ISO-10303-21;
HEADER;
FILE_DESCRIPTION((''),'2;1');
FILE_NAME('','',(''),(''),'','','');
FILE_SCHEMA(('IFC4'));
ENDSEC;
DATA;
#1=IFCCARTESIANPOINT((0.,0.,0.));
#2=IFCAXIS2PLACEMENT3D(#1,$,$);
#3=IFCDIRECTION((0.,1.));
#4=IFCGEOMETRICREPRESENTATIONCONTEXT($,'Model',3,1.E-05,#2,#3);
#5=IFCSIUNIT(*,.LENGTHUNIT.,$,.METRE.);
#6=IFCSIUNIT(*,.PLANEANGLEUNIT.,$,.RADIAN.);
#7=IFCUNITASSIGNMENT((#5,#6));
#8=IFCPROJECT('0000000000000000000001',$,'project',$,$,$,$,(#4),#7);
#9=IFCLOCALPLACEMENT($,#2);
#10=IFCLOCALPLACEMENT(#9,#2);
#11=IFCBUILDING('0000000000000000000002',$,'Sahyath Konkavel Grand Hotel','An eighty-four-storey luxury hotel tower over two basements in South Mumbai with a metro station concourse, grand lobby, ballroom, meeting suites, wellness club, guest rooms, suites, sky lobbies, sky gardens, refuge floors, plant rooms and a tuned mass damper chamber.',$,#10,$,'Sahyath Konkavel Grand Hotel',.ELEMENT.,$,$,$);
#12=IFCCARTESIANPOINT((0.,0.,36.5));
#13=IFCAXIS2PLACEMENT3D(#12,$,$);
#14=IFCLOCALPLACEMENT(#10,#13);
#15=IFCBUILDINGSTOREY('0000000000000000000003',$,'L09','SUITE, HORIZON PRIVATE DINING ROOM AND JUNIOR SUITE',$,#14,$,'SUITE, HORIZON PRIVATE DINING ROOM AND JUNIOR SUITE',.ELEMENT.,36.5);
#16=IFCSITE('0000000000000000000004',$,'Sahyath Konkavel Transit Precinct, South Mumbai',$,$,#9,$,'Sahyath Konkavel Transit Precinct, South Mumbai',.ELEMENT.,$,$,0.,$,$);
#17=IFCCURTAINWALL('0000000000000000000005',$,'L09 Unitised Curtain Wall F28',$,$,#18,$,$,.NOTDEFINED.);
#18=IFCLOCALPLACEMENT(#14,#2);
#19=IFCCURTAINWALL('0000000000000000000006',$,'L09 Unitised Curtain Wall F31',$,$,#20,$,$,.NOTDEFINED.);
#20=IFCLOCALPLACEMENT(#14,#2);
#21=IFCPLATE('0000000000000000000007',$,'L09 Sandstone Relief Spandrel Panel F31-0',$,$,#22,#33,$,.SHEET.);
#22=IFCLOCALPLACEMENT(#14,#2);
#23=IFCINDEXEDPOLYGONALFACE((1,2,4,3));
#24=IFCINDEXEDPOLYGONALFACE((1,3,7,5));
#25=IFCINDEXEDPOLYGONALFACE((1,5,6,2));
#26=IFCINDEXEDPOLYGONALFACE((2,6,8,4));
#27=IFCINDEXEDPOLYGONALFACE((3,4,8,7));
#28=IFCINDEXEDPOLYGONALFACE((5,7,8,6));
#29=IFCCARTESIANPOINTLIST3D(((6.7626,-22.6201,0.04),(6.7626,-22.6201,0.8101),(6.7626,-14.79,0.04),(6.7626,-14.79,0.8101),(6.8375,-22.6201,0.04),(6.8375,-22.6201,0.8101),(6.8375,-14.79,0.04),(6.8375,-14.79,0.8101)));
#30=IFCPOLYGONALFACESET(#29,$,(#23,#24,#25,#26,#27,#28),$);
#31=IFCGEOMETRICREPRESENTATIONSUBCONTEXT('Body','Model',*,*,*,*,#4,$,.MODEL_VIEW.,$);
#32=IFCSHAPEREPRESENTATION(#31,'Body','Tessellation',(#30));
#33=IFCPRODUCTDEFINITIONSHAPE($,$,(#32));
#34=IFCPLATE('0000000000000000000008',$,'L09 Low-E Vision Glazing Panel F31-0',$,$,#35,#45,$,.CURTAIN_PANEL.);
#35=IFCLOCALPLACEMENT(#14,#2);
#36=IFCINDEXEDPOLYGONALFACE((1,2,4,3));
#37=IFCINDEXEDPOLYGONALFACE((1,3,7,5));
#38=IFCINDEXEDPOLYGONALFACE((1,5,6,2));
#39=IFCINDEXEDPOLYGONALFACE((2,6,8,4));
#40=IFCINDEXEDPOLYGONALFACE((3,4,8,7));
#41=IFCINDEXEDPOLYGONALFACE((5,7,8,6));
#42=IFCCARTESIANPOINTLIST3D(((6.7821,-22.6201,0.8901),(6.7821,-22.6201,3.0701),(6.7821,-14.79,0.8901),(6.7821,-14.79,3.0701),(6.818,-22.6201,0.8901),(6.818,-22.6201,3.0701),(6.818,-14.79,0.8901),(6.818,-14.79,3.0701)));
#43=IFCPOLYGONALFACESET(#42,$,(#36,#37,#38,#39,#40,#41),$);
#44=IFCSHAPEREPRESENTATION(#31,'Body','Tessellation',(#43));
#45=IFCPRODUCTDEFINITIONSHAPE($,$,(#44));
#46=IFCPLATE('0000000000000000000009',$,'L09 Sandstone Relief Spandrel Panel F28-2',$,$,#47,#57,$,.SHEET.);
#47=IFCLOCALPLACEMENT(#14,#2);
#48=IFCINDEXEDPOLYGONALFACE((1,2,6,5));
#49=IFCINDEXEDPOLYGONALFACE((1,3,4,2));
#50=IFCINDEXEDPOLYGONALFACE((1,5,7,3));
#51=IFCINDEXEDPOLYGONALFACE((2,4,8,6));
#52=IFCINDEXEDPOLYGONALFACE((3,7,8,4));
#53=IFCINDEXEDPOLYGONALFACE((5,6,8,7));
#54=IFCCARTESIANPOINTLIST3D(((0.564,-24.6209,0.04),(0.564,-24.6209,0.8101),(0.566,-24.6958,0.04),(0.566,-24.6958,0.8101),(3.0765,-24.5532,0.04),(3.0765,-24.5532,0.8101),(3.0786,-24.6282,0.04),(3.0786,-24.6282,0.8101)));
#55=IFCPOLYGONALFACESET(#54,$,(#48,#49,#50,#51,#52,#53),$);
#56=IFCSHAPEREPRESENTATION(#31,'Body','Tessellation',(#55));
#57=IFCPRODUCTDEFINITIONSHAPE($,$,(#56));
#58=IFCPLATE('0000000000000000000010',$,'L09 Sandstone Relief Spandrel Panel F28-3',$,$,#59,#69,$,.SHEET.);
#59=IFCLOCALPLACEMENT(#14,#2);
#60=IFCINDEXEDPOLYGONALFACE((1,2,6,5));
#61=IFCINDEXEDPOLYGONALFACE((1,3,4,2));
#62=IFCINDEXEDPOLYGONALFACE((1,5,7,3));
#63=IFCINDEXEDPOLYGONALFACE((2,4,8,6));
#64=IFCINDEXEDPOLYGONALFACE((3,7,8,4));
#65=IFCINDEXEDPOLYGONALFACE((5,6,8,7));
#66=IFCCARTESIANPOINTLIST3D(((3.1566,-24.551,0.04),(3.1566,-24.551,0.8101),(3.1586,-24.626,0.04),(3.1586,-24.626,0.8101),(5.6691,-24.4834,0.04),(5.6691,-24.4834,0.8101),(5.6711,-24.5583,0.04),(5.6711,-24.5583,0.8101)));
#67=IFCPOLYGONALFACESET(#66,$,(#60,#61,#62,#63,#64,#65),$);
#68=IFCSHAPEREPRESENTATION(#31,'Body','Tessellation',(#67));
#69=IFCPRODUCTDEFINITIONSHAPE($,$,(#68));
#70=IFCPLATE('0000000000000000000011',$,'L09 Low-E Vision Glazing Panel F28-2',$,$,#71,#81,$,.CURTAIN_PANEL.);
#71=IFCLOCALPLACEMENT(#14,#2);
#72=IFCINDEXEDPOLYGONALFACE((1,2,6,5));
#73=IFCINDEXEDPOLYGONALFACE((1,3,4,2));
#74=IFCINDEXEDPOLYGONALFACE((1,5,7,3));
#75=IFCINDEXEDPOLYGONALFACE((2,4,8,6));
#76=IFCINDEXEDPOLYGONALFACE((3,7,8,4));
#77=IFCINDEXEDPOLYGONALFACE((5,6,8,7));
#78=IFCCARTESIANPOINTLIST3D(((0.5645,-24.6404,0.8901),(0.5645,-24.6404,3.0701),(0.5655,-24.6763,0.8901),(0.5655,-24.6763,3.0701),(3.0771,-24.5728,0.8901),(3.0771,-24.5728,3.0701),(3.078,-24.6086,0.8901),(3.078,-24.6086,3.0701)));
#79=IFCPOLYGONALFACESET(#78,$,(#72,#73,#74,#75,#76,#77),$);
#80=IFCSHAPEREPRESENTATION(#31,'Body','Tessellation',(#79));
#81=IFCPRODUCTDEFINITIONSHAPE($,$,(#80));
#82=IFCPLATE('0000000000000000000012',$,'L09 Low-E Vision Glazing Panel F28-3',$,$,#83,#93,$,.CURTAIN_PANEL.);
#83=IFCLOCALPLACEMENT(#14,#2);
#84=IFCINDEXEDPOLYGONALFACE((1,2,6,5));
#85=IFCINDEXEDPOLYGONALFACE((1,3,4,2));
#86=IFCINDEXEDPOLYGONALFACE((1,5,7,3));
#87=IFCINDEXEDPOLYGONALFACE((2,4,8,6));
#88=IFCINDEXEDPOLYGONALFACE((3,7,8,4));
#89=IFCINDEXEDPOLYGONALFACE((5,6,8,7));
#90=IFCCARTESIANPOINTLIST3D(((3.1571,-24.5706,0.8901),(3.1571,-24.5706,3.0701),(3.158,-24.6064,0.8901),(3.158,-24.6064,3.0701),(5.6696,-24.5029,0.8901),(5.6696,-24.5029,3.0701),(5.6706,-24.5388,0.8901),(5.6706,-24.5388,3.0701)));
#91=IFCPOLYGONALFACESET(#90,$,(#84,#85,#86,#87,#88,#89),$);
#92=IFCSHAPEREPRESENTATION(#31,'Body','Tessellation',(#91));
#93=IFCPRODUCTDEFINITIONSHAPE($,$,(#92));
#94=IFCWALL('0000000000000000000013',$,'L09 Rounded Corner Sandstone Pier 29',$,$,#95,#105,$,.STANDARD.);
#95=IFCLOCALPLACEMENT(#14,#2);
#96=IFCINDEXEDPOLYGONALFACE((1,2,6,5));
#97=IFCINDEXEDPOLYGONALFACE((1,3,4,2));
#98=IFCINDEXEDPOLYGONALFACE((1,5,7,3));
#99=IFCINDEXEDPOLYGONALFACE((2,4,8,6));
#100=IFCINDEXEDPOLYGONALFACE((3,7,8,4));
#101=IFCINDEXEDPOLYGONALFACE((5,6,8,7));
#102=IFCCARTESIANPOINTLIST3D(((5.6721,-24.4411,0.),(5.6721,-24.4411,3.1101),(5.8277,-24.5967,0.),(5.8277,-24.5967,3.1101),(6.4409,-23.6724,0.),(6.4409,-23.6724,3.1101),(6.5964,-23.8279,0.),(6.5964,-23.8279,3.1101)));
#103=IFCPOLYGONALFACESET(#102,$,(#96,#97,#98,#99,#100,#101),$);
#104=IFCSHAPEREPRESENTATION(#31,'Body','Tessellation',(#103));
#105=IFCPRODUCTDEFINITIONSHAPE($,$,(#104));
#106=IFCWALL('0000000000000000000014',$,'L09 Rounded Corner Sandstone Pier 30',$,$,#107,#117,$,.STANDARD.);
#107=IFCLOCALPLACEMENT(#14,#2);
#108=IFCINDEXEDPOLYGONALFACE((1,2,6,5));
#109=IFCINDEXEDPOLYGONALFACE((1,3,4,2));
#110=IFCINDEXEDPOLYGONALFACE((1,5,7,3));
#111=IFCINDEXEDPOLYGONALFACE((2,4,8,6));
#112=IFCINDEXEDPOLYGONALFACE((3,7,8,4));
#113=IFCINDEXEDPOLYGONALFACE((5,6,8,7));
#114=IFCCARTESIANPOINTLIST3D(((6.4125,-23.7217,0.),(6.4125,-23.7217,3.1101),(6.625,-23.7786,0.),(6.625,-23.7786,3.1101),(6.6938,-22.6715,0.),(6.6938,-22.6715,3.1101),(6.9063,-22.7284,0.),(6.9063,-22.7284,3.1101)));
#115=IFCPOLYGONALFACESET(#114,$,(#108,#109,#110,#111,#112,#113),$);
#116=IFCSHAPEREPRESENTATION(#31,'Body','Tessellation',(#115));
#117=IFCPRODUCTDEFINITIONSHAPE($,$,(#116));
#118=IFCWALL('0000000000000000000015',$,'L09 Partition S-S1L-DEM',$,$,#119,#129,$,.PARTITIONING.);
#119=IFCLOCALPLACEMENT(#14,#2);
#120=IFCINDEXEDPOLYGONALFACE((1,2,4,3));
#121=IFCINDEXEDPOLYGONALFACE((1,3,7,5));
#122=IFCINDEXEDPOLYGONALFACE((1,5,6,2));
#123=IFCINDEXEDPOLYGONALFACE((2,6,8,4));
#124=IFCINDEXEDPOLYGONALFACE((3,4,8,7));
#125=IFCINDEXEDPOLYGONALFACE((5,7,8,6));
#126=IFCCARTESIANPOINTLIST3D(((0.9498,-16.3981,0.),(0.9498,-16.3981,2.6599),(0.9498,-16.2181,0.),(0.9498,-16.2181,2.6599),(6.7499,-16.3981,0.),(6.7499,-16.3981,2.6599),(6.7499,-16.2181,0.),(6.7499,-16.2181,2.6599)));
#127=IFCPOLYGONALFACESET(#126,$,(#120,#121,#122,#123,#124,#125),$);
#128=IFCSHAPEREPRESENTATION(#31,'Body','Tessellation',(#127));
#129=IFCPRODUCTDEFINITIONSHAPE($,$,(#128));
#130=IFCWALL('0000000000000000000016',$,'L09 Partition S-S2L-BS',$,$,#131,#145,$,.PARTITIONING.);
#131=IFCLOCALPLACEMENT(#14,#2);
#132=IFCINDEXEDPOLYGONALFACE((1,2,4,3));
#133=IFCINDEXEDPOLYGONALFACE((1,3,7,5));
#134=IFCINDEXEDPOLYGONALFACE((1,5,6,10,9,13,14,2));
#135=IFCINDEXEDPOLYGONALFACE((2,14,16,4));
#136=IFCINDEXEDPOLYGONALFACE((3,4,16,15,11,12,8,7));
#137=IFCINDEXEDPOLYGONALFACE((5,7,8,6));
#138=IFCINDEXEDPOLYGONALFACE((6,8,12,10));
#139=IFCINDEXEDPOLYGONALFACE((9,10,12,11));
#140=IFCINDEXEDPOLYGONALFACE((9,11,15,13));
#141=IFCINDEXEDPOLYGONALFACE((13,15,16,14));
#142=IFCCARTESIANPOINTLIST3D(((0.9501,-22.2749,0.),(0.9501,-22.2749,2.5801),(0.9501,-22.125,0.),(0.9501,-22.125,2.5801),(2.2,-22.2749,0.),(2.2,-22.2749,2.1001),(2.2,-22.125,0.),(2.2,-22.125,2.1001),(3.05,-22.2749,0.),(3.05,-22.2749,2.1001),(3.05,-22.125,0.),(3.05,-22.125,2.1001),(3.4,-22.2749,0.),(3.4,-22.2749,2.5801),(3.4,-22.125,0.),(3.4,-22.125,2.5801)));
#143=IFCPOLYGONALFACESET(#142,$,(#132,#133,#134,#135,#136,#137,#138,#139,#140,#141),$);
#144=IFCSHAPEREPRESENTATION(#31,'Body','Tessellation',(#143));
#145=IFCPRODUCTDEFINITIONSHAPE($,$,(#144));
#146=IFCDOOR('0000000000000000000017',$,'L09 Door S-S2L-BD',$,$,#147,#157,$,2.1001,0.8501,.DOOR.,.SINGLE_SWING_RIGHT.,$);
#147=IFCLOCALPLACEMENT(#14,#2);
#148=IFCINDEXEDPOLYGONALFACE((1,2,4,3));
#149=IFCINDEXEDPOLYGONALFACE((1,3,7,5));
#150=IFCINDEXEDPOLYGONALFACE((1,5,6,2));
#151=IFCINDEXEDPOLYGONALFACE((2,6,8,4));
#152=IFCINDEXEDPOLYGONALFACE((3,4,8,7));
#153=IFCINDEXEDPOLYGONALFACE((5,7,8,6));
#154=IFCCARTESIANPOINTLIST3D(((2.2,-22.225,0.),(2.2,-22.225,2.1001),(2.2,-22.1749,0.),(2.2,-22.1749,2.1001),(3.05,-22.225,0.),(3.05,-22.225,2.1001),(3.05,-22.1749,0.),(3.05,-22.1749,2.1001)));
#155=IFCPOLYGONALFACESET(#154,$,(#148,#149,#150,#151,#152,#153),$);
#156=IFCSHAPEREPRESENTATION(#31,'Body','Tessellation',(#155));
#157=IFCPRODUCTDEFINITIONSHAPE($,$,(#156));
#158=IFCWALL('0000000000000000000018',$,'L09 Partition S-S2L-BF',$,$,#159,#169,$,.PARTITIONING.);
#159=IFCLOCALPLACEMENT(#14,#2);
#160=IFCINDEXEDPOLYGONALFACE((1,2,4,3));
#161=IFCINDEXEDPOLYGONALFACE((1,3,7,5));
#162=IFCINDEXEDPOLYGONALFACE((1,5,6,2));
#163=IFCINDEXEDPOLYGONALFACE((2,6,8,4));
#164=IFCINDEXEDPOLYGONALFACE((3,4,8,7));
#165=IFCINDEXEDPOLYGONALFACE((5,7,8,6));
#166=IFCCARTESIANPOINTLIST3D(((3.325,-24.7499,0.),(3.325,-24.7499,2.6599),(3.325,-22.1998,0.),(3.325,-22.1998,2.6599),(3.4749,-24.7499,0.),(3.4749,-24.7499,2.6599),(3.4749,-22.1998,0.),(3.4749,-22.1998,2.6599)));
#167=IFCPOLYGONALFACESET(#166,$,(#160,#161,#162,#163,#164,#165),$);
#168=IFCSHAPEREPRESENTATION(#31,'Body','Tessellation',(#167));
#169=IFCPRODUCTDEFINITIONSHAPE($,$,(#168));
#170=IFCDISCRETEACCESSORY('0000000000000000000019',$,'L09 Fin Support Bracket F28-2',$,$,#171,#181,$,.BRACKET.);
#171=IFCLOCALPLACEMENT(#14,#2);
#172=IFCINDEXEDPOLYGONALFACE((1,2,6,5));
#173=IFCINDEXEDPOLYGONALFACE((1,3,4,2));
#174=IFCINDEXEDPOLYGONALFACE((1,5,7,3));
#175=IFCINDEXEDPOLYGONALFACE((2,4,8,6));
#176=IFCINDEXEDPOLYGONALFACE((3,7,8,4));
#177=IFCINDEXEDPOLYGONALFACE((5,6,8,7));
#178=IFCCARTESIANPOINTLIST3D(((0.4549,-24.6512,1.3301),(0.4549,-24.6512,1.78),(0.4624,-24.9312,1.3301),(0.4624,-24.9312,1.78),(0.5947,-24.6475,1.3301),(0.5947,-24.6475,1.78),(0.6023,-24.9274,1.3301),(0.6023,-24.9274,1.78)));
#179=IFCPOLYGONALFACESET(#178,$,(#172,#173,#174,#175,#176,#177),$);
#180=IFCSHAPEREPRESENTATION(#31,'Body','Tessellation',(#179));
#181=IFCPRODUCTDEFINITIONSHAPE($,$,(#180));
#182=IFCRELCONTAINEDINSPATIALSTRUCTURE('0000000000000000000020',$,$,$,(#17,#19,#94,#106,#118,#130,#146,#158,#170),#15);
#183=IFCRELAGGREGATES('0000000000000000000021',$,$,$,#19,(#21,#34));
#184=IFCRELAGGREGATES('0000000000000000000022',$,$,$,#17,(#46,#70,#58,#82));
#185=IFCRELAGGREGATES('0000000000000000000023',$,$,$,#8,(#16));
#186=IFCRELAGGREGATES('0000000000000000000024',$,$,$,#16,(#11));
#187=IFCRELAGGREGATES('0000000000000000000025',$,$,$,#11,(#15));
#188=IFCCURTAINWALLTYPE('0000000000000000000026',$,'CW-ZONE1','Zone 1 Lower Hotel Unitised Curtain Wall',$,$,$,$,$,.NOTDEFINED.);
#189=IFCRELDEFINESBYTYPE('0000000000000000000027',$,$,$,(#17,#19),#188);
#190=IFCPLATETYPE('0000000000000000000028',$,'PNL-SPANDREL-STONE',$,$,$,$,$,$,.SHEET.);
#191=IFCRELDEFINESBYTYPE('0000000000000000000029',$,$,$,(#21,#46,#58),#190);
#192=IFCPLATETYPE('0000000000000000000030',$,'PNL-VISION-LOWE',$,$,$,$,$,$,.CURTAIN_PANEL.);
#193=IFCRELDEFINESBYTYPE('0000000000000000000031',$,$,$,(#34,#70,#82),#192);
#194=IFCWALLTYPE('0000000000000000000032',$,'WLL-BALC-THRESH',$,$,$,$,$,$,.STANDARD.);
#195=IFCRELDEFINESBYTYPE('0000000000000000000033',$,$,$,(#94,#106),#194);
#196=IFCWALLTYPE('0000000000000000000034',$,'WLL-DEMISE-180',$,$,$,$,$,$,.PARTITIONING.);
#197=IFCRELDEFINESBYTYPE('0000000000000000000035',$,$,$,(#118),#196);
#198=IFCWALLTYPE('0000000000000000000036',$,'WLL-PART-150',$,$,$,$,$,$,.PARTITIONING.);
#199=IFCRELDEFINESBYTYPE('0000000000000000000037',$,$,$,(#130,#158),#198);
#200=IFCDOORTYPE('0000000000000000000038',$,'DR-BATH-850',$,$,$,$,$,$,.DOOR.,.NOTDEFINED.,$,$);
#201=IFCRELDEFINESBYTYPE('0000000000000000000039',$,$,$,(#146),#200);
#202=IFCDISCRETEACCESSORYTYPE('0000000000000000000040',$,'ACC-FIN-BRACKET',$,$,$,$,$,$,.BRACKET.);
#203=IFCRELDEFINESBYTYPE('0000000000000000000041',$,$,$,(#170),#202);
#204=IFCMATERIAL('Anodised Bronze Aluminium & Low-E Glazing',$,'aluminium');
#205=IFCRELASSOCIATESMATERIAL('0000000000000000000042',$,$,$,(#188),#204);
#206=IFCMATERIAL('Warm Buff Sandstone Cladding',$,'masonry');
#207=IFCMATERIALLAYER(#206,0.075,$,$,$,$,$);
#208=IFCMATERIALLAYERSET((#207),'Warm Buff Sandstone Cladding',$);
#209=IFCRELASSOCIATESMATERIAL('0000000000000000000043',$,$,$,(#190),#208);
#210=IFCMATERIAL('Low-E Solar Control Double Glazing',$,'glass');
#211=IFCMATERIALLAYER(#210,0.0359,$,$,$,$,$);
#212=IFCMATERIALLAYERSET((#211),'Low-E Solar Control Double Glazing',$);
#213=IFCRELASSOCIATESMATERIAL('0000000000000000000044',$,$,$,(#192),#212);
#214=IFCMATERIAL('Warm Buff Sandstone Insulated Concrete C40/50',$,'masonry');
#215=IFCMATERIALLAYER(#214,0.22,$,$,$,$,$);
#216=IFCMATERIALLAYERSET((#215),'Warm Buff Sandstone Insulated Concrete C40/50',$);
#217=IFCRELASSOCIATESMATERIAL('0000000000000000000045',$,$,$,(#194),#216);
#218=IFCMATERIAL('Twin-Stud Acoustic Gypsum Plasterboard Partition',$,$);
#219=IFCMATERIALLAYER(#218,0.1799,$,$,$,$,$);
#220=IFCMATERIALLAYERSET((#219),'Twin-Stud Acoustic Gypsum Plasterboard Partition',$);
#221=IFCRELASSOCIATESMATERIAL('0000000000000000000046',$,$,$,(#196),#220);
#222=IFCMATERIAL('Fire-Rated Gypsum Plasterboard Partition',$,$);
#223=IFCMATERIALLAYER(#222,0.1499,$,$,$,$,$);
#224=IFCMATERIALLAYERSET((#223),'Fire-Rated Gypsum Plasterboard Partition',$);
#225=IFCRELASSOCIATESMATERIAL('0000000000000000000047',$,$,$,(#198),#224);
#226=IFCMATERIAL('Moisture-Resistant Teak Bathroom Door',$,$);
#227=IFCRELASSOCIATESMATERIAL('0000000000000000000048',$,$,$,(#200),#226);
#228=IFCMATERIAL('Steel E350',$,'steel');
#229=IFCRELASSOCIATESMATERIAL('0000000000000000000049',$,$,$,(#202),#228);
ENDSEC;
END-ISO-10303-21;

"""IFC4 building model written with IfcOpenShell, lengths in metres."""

from ifc_helpers import new_model, si_unit, direction, frame, frame_2d, origin, origin_2d, place, context, subcontext, project, spatial, rectangle, extrude, source, transform, mapped, material, layer, layer_set, type_object, element, fill, aggregate, save


model = new_model("IFC4")

# Units and contexts
model_context = context("Model", 3, precision=1e-05, world=origin(), true_north=direction((0.0, 1.0)))
body_context = subcontext(model_context, "Body", "Model", "MODEL_VIEW")
ifc_project = project(units=[si_unit("LENGTHUNIT", "METRE"), si_unit("PLANEANGLEUNIT", "RADIAN")], contexts=[model_context])

# Site, building, storey
site_placement = place(None, origin())
site = spatial("IfcSite", under=ifc_project, at=site_placement, Name="Sahyath Konkavel Transit Precinct, South Mumbai", LongName="Sahyath Konkavel Transit Precinct, South Mumbai", CompositionType="ELEMENT", RefElevation=0.0)
building_placement = place(site_placement, origin())
building = spatial("IfcBuilding", under=site, at=building_placement, Name="Sahyath Konkavel Grand Hotel", Description="An eighty-four-storey luxury hotel tower over two basements in South Mumbai with a metro station concourse, grand lobby, ballroom, meeting suites, wellness club, guest rooms, suites, sky lobbies, sky gardens, refuge floors, plant rooms and a tuned mass damper chamber.", LongName="Sahyath Konkavel Grand Hotel", CompositionType="ELEMENT")
storey_placement = place(building_placement, frame((0.0, 0.0, 36.5)))
storey = spatial("IfcBuildingStorey", under=building, at=storey_placement, Name="L09", Description="SUITE, HORIZON PRIVATE DINING ROOM AND JUNIOR SUITE", LongName="SUITE, HORIZON PRIVATE DINING ROOM AND JUNIOR SUITE", CompositionType="ELEMENT", Elevation=36.5)

# Curtain wall
ifc_material_1 = material(Name="Anodised Bronze Aluminium & Low-E Glazing", Category="aluminium")
curtain_wall_type = type_object("IfcCurtainWallType", Name="CW-ZONE1", Description="Zone 1 Lower Hotel Unitised Curtain Wall", PredefinedType="NOTDEFINED", material=ifc_material_1)
curtain_wall_1_placement = place(storey_placement, origin())
curtain_wall_1 = element("IfcCurtainWall", 1, at=curtain_wall_1_placement, inside=storey, type_object=curtain_wall_type, Name="L09 Unitised Curtain Wall F28", PredefinedType="NOTDEFINED")

# Curtain wall
curtain_wall_2_placement = place(storey_placement, origin())
curtain_wall_2 = element("IfcCurtainWall", 2, at=curtain_wall_2_placement, inside=storey, type_object=curtain_wall_type, Name="L09 Unitised Curtain Wall F31", PredefinedType="NOTDEFINED")

# Plates
ifc_material_2 = material(Name="Warm Buff Sandstone Cladding", Category="masonry")
ifc_layer_1 = layer(ifc_material_2, 0.075)
ifc_layer_set_1 = layer_set([ifc_layer_1], Name="Warm Buff Sandstone Cladding")
plate_type_1 = type_object("IfcPlateType", Name="PNL-SPANDREL-STONE", PredefinedType="SHEET", material=ifc_layer_set_1)
shared_shape_1 = source(origin(), body_context, "Body", "SweptSolid", [
    extrude(rectangle(XDim=7.8301, YDim=0.075, at=origin_2d()), origin(), (0.0, 0.0, 1.0), 0.77),
])
plate_1_placement = place(storey_placement, frame((6.8, -18.7051, 0.04), z_axis=(0.0, 0.0, 1.0), x_axis=(0.0, 1.0, 0.0)))
plate_1 = element("IfcPlate", 3, at=plate_1_placement, type_object=plate_type_1, Name="L09 Sandstone Relief Spandrel Panel F31-0", PredefinedType="SHEET", context=body_context, shape_type="MappedRepresentation", body=[
    mapped(shared_shape_1, transform((0.0, 0.0, 0.0), scale=1.0)),
])
ifc_material_3 = material(Name="Low-E Solar Control Double Glazing", Category="glass")
ifc_layer_2 = layer(ifc_material_3, 0.0359)
ifc_layer_set_2 = layer_set([ifc_layer_2], Name="Low-E Solar Control Double Glazing")
plate_type_2 = type_object("IfcPlateType", Name="PNL-VISION-LOWE", PredefinedType="CURTAIN_PANEL", material=ifc_layer_set_2)
shared_shape_2 = source(origin(), body_context, "Body", "SweptSolid", [
    extrude(rectangle(XDim=7.8301, YDim=0.0359, at=origin_2d()), origin(), (0.0, 0.0, 1.0), 2.1799),
])
plate_2_placement = place(storey_placement, frame((6.8, -18.7051, 0.8901), z_axis=(0.0, 0.0, 1.0), x_axis=(0.0, 1.0, 0.0)))
plate_2 = element("IfcPlate", 4, at=plate_2_placement, type_object=plate_type_2, Name="L09 Low-E Vision Glazing Panel F31-0", PredefinedType="CURTAIN_PANEL", context=body_context, shape_type="MappedRepresentation", body=[
    mapped(shared_shape_2, transform((0.0, 0.0, 0.0), scale=1.0)),
])
aggregate(curtain_wall_2, [plate_1, plate_2])
shared_shape_3 = source(origin(), body_context, "Body", "SweptSolid", [
    extrude(rectangle(XDim=2.5134, YDim=0.075, at=origin_2d()), origin(), (0.0, 0.0, 1.0), 0.77),
])
plate_3_placement = place(storey_placement, frame((1.8213, -24.6245, 0.04), z_axis=(0.0, 0.0, 1.0), x_axis=(0.999638, 0.02691, 0.0)))
plate_3 = element("IfcPlate", 5, at=plate_3_placement, type_object=plate_type_1, Name="L09 Sandstone Relief Spandrel Panel F28-2", PredefinedType="SHEET", context=body_context, shape_type="MappedRepresentation", body=[
    mapped(shared_shape_3, transform((0.0, 0.0, 0.0), scale=1.0)),
])
plate_4_placement = place(storey_placement, frame((4.4138, -24.5547, 0.04), z_axis=(0.0, 0.0, 1.0), x_axis=(0.999638, 0.02691, 0.0)))
plate_4 = element("IfcPlate", 6, at=plate_4_placement, type_object=plate_type_1, Name="L09 Sandstone Relief Spandrel Panel F28-3", PredefinedType="SHEET", context=body_context, shape_type="MappedRepresentation", body=[
    mapped(shared_shape_3, transform((0.0, 0.0, 0.0), scale=1.0)),
])
shared_shape_4 = source(origin(), body_context, "Body", "SweptSolid", [
    extrude(rectangle(XDim=2.5134, YDim=0.0359, at=origin_2d()), origin(), (0.0, 0.0, 1.0), 2.1799),
])
plate_5_placement = place(storey_placement, frame((1.8213, -24.6245, 0.8901), z_axis=(0.0, 0.0, 1.0), x_axis=(0.999638, 0.02691, 0.0)))
plate_5 = element("IfcPlate", 7, at=plate_5_placement, type_object=plate_type_2, Name="L09 Low-E Vision Glazing Panel F28-2", PredefinedType="CURTAIN_PANEL", context=body_context, shape_type="MappedRepresentation", body=[
    mapped(shared_shape_4, transform((0.0, 0.0, 0.0), scale=1.0)),
])
plate_6_placement = place(storey_placement, frame((4.4138, -24.5547, 0.8901), z_axis=(0.0, 0.0, 1.0), x_axis=(0.999638, 0.02691, 0.0)))
plate_6 = element("IfcPlate", 8, at=plate_6_placement, type_object=plate_type_2, Name="L09 Low-E Vision Glazing Panel F28-3", PredefinedType="CURTAIN_PANEL", context=body_context, shape_type="MappedRepresentation", body=[
    mapped(shared_shape_4, transform((0.0, 0.0, 0.0), scale=1.0)),
])
aggregate(curtain_wall_1, [plate_3, plate_5, plate_4, plate_6])

# Walls
ifc_material_4 = material(Name="Warm Buff Sandstone Insulated Concrete C40/50", Category="masonry")
ifc_layer_3 = layer(ifc_material_4, 0.22)
ifc_layer_set_3 = layer_set([ifc_layer_3], Name="Warm Buff Sandstone Insulated Concrete C40/50")
wall_type_1 = type_object("IfcWallType", Name="WLL-BALC-THRESH", PredefinedType="STANDARD", material=ifc_layer_set_3)
for number, where, z_axis, x_axis, name in (
    (9, (5.75, -24.5188, 0.0), (0.0, 0.0, 1.0), (0.707107, 0.707107, 0.0), "L09 Rounded Corner Sandstone Pier 29"),
    (10, (6.5188, -23.75, 0.0), (0.0, 0.0, 1.0), (0.258725, 0.965951, 0.0), "L09 Rounded Corner Sandstone Pier 30"),
):
    element("IfcWall", number, at=place(storey_placement, frame(where, z_axis=z_axis, x_axis=x_axis)), inside=storey, type_object=wall_type_1, Name=name, PredefinedType="STANDARD", context=body_context, shape_type="SweptSolid", body=[
        extrude(rectangle(XDim=1.0872, YDim=0.22, at=frame_2d((0.5435, 0.0))), origin(), (0.0, 0.0, 1.0), 3.1101),
    ])
ifc_material_5 = material(Name="Twin-Stud Acoustic Gypsum Plasterboard Partition")
ifc_layer_4 = layer(ifc_material_5, 0.1799)
ifc_layer_set_4 = layer_set([ifc_layer_4], Name="Twin-Stud Acoustic Gypsum Plasterboard Partition")
wall_type_2 = type_object("IfcWallType", Name="WLL-DEMISE-180", PredefinedType="PARTITIONING", material=ifc_layer_set_4)
wall_1_placement = place(storey_placement, frame((0.95, -16.3081, 0.0), z_axis=(0.0, 0.0, 1.0), x_axis=(1.0, 0.0, 0.0)))
element("IfcWall", 11, at=wall_1_placement, inside=storey, type_object=wall_type_2, Name="L09 Partition S-S1L-DEM", PredefinedType="PARTITIONING", context=body_context, shape_type="SweptSolid", body=[
    extrude(rectangle(XDim=5.8, YDim=0.1799, at=frame_2d((2.8999, 0.0))), origin(), (0.0, 0.0, 1.0), 2.6599),
])

# Wall, opening, door
ifc_material_6 = material(Name="Fire-Rated Gypsum Plasterboard Partition")
ifc_layer_5 = layer(ifc_material_6, 0.1499)
ifc_layer_set_5 = layer_set([ifc_layer_5], Name="Fire-Rated Gypsum Plasterboard Partition")
wall_type_3 = type_object("IfcWallType", Name="WLL-PART-150", PredefinedType="PARTITIONING", material=ifc_layer_set_5)
wall_2_placement = place(storey_placement, frame((0.95, -22.2, 0.0), z_axis=(0.0, 0.0, 1.0), x_axis=(1.0, 0.0, 0.0)))
wall_2 = element("IfcWall", 12, at=wall_2_placement, inside=storey, type_object=wall_type_3, Name="L09 Partition S-S2L-BS", PredefinedType="PARTITIONING", context=body_context, shape_type="SweptSolid", body=[
    extrude(rectangle(XDim=2.45, YDim=0.1499, at=frame_2d((1.2251, 0.0))), origin(), (0.0, 0.0, 1.0), 2.5801),
])
opening_placement = place(wall_2_placement, frame((1.25, 0.0, 0.0)))
opening = element("IfcOpeningElement", 13, at=opening_placement, cuts=wall_2, PredefinedType="OPENING", context=body_context, shape_type="SweptSolid", body=[
    extrude(rectangle(XDim=0.8501, YDim=2.1001, at=frame_2d((0.425, 1.05))), frame((0.0, 0.085, 0.0), z_axis=(0.0, -1.0, 0.0), x_axis=(1.0, 0.0, 0.0)), (0.0, 0.0, 1.0), 0.1699),
])
ifc_material_7 = material(Name="Moisture-Resistant Teak Bathroom Door")
door_type = type_object("IfcDoorType", Name="DR-BATH-850", OperationType="NOTDEFINED", PredefinedType="DOOR", material=ifc_material_7)
shared_shape_5 = source(origin(), body_context, "Body", "SweptSolid", [
    extrude(rectangle(XDim=0.8501, YDim=0.05, at=origin_2d()), origin(), (0.0, 0.0, 1.0), 2.1001),
])
door_placement = place(opening_placement, frame((0.425, 0.0, 0.0)))
door = element("IfcDoor", 14, at=door_placement, inside=storey, type_object=door_type, Name="L09 Door S-S2L-BD", OperationType="SINGLE_SWING_RIGHT", OverallHeight=2.1001, OverallWidth=0.8501, PredefinedType="DOOR", context=body_context, shape_type="MappedRepresentation", body=[
    mapped(shared_shape_5, transform((0.0, 0.0, 0.0), scale=1.0)),
])
fill(opening, door)

# Wall
wall_3_placement = place(storey_placement, frame((3.3999, -22.2, 0.0), z_axis=(0.0, 0.0, 1.0), x_axis=(0.0, -1.0, 0.0)))
element("IfcWall", 15, at=wall_3_placement, inside=storey, type_object=wall_type_3, Name="L09 Partition S-S2L-BF", PredefinedType="PARTITIONING", context=body_context, shape_type="SweptSolid", body=[
    extrude(rectangle(XDim=2.55, YDim=0.1499, at=frame_2d((1.2749, 0.0))), origin(), (0.0, 0.0, 1.0), 2.6599),
])

# Discrete accessory
ifc_material_8 = material(Name="Steel E350", Category="steel")
discrete_accessory_type = type_object("IfcDiscreteAccessoryType", Name="ACC-FIN-BRACKET", PredefinedType="BRACKET", material=ifc_material_8)
shared_shape_6 = source(origin(), body_context, "Body", "SweptSolid", [
    extrude(rectangle(XDim=0.28, YDim=0.1399, at=origin_2d()), origin(), (0.0, 0.0, 1.0), 0.45),
])
discrete_accessory_placement = place(storey_placement, frame((0.5286, -24.7893, 1.3301), z_axis=(0.0, 0.0, 1.0), x_axis=(0.02691, -0.999638, 0.0)))
element("IfcDiscreteAccessory", 16, at=discrete_accessory_placement, inside=storey, type_object=discrete_accessory_type, Name="L09 Fin Support Bracket F28-2", PredefinedType="BRACKET", context=body_context, shape_type="MappedRepresentation", body=[
    mapped(shared_shape_6, transform((0.0, 0.0, 0.0), scale=1.0)),
])

save(model, "model.ifc")
